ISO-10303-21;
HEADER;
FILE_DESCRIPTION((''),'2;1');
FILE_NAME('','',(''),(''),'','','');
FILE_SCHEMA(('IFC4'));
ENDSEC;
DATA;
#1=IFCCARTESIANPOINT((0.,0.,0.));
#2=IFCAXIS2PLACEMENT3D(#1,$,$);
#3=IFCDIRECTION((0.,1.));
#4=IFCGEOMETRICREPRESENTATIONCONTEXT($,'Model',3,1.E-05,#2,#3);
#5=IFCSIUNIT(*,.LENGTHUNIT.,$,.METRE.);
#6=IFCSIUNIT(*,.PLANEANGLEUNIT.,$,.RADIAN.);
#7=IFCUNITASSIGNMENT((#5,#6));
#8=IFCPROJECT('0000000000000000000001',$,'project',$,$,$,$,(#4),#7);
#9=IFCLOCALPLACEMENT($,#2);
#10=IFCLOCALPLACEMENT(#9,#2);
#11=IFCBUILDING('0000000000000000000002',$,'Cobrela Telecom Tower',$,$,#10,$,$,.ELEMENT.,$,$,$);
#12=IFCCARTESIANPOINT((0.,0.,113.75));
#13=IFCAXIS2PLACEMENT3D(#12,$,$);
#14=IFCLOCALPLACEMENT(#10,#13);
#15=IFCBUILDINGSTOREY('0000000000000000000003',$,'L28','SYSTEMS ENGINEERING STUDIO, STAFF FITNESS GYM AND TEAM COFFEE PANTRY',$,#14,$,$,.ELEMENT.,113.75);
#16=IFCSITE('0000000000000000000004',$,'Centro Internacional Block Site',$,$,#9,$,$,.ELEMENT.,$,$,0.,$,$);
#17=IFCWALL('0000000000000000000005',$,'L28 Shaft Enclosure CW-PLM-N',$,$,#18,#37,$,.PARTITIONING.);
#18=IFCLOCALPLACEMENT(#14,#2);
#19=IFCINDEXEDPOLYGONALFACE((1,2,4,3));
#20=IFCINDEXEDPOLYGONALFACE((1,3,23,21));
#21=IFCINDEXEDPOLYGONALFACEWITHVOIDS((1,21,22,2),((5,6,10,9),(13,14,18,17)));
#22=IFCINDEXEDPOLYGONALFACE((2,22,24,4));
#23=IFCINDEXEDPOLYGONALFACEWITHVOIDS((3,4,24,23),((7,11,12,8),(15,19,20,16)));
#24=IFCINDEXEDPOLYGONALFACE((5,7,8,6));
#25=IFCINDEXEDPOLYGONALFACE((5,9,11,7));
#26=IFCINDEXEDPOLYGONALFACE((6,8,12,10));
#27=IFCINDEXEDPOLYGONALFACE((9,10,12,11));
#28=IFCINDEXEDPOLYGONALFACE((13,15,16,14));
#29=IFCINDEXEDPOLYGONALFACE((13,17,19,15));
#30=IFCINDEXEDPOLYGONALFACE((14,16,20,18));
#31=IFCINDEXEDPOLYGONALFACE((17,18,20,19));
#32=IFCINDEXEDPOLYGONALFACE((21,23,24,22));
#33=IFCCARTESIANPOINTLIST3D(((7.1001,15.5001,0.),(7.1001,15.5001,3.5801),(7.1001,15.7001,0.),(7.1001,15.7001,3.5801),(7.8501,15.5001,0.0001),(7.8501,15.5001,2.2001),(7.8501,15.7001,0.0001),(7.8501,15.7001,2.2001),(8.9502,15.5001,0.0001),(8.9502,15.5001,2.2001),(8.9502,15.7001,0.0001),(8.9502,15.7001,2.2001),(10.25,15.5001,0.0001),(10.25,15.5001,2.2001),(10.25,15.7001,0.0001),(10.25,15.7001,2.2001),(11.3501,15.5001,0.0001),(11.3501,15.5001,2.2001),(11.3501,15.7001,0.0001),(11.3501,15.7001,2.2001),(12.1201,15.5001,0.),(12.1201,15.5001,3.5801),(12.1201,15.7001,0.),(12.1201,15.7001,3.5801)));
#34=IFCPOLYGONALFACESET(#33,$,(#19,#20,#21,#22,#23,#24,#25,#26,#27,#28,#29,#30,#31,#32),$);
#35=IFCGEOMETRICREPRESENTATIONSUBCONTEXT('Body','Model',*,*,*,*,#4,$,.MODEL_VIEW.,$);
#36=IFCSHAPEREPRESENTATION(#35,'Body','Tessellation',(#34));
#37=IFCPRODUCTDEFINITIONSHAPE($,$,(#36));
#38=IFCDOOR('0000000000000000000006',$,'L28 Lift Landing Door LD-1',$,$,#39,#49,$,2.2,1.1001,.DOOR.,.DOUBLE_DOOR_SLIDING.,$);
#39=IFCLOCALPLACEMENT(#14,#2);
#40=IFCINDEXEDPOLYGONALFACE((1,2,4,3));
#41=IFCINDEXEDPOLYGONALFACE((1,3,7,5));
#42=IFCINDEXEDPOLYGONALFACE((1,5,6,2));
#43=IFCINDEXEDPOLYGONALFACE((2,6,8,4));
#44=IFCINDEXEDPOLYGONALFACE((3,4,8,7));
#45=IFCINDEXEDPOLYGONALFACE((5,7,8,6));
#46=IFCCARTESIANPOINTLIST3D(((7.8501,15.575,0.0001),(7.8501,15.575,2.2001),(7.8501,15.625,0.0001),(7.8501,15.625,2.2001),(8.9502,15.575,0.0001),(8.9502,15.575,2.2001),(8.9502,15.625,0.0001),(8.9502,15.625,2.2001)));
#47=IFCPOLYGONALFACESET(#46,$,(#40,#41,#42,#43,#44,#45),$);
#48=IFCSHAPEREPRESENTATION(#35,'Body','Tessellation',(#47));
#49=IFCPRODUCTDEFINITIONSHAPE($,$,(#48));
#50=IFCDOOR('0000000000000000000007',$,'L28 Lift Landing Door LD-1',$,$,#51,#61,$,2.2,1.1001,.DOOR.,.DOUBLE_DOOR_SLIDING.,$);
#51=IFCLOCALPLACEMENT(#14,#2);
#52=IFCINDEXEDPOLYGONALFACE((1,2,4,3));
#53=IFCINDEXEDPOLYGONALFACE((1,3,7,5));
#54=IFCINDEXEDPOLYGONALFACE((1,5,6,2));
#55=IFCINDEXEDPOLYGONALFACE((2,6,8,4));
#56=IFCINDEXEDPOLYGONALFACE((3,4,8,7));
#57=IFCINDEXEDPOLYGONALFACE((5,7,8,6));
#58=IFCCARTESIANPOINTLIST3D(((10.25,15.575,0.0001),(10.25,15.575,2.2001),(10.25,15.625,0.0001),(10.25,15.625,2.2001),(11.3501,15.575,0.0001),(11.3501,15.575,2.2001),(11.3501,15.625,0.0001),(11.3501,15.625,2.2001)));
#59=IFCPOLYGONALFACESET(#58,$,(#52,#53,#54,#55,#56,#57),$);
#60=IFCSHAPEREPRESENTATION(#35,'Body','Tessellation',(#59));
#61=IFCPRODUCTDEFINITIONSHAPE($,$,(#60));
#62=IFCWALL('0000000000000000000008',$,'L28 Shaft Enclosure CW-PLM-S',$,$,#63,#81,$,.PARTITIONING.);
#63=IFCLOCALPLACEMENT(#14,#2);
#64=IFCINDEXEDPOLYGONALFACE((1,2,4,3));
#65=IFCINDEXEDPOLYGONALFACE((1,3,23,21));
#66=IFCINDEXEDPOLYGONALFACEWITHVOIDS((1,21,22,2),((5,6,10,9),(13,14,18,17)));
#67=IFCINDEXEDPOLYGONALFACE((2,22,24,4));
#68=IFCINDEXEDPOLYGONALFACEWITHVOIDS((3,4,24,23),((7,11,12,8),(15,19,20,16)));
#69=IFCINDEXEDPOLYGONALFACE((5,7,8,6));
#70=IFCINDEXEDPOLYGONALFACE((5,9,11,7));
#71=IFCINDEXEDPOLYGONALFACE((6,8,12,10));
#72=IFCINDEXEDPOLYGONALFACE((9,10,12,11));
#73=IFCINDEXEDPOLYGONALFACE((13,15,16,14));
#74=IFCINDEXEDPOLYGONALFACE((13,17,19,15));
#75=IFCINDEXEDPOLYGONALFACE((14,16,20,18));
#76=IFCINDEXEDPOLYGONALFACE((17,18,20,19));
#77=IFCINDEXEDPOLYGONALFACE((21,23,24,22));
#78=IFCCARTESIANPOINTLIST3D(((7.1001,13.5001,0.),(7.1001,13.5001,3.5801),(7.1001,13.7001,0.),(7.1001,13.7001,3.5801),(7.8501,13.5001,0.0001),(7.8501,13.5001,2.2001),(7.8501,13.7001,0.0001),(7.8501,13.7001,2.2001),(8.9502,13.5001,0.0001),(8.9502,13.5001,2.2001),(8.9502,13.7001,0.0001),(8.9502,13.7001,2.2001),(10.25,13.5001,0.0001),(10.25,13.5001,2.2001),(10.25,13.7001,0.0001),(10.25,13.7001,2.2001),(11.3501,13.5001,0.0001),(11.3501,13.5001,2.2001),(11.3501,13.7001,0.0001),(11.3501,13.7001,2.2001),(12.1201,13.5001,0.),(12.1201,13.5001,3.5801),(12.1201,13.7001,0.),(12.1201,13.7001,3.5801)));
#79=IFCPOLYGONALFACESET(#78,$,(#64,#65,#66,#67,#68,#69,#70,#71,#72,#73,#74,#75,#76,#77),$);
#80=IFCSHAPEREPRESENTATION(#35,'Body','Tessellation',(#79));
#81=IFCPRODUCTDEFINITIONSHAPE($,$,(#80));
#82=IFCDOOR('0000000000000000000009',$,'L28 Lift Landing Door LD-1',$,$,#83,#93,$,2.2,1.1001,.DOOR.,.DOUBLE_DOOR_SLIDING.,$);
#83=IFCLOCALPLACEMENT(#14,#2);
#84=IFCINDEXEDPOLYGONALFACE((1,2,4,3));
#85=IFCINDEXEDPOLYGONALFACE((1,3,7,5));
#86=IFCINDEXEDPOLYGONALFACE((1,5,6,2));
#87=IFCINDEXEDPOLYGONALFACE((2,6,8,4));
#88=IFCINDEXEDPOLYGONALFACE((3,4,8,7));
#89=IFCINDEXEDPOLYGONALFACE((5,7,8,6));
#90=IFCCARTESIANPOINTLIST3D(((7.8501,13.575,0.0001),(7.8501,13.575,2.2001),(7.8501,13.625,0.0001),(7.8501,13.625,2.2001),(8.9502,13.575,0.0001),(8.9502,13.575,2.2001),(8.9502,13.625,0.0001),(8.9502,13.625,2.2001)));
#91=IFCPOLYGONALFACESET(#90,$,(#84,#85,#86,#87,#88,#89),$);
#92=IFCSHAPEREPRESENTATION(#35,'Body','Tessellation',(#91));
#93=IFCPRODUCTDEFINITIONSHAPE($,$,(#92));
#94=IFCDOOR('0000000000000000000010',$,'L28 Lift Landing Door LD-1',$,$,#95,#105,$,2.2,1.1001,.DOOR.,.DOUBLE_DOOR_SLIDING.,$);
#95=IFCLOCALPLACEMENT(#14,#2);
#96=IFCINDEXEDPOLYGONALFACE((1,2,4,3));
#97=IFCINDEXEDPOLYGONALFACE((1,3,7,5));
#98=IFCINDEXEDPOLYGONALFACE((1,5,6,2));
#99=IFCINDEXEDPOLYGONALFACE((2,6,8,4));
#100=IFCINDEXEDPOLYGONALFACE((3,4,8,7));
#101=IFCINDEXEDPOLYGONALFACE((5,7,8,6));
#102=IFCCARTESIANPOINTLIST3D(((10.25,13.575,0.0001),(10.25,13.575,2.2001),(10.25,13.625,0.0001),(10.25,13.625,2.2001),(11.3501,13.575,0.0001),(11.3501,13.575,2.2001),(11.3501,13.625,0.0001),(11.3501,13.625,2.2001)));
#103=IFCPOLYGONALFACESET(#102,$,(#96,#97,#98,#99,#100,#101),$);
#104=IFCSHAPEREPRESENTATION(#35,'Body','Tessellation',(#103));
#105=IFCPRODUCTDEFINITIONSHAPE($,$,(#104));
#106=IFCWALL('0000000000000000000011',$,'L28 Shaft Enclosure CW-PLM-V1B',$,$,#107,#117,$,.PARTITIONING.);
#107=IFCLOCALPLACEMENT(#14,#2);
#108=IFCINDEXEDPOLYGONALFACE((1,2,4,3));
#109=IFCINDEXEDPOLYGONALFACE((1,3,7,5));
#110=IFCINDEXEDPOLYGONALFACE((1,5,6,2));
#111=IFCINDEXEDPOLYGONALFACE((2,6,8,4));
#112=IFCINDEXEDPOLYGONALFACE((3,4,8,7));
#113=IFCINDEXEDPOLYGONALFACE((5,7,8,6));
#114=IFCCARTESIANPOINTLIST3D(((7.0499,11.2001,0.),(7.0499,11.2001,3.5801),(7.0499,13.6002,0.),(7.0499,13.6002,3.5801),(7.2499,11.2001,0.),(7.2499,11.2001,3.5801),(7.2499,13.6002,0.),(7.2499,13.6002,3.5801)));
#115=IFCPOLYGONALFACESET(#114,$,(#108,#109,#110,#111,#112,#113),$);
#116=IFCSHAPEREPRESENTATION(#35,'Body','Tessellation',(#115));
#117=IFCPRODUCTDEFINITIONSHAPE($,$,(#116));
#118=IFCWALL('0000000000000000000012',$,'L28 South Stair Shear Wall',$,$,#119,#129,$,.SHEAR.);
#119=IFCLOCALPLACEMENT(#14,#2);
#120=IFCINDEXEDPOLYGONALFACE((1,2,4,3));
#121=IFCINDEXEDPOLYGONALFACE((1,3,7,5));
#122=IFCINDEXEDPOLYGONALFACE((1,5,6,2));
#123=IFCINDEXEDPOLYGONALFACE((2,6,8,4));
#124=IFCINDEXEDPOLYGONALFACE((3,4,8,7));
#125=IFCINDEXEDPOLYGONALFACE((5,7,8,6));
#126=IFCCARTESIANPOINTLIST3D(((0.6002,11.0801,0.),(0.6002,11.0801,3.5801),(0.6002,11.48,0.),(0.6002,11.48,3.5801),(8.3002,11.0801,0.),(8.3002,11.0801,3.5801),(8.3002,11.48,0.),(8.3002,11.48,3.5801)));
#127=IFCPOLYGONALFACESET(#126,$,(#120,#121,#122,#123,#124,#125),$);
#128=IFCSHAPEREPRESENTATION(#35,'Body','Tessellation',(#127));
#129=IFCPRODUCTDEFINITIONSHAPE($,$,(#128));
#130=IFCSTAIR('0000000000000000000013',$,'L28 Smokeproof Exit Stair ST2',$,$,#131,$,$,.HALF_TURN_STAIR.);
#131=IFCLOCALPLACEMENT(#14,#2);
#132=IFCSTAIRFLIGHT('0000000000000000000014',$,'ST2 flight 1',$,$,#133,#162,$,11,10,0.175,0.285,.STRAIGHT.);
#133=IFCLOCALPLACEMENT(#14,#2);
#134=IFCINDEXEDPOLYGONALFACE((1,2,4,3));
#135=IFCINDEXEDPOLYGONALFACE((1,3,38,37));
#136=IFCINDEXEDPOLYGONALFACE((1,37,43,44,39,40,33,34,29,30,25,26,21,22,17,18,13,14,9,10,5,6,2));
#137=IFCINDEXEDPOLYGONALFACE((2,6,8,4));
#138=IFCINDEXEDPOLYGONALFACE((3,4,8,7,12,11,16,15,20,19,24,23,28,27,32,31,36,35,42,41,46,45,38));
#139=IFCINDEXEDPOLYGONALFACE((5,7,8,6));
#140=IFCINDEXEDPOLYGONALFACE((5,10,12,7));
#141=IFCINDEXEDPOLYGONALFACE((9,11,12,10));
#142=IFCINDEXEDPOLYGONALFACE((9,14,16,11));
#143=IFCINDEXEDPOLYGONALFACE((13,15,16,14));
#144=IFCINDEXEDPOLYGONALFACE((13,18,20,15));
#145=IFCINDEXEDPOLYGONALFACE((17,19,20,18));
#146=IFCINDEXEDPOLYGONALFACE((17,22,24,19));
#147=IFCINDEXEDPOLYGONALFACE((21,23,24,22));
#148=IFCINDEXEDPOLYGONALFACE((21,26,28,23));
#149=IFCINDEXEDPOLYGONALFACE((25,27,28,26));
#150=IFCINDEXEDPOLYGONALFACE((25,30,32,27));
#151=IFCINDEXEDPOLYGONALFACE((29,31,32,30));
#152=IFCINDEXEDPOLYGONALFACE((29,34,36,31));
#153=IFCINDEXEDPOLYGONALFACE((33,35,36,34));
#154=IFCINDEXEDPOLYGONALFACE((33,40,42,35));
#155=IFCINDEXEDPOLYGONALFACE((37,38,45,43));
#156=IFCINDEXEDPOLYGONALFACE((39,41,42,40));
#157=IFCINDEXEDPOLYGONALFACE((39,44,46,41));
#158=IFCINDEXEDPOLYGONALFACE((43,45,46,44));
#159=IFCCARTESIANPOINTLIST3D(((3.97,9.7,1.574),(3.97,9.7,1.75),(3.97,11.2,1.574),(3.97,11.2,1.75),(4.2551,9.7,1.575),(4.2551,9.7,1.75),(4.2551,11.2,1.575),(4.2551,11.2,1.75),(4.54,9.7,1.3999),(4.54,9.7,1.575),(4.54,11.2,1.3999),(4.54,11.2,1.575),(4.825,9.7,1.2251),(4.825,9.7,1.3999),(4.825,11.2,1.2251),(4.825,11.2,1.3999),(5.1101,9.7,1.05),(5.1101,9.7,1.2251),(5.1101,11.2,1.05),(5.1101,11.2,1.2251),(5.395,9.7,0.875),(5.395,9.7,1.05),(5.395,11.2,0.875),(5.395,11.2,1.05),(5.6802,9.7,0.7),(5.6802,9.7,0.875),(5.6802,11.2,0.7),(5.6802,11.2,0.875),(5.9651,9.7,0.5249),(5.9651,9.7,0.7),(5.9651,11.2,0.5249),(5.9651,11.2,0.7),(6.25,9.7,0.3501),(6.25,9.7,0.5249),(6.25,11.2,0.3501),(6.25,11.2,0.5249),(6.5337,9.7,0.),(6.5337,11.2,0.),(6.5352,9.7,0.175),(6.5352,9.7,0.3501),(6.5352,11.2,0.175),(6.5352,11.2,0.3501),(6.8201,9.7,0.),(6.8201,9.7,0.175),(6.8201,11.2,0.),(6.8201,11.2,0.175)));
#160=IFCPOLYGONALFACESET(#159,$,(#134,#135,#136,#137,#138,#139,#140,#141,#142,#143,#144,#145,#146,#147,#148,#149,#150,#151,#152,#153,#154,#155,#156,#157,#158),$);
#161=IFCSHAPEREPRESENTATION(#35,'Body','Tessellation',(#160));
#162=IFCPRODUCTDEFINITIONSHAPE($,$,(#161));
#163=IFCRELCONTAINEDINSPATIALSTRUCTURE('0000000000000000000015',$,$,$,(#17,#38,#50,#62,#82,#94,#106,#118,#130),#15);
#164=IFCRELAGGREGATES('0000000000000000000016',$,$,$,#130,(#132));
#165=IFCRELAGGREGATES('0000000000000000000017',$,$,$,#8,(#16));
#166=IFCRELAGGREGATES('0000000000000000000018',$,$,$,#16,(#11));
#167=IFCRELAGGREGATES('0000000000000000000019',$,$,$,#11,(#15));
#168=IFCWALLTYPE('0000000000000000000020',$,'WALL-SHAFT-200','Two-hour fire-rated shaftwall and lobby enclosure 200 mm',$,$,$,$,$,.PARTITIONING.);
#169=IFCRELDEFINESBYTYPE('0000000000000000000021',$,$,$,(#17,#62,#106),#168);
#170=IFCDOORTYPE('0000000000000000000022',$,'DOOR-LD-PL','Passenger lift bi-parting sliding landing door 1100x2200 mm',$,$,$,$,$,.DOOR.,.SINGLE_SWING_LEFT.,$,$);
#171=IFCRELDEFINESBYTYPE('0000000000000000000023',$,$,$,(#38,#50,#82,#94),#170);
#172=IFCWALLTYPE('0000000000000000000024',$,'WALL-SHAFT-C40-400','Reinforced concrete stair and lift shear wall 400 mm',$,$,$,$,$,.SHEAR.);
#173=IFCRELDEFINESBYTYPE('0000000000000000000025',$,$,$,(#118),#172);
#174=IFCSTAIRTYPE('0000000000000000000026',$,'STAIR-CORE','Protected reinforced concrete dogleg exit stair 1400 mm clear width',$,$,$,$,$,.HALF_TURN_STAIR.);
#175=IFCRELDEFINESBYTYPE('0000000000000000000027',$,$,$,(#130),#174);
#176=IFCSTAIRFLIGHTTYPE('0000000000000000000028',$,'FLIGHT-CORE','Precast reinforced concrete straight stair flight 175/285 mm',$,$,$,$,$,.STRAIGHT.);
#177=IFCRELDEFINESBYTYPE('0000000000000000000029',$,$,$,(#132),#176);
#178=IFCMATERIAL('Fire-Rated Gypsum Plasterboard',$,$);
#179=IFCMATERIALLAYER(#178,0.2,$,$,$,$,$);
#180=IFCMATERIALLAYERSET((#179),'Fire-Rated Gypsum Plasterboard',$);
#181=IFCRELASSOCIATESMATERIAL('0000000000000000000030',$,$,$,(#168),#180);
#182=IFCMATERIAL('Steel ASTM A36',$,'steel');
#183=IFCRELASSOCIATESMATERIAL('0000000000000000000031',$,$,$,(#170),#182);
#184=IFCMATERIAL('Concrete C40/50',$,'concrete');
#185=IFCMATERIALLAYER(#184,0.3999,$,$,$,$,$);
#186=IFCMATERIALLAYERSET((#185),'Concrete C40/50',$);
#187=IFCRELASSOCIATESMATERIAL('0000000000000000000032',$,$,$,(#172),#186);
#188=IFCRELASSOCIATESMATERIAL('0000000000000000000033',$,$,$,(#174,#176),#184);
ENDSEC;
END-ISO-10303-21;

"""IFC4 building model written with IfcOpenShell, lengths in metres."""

from ifc_helpers import new_model, si_unit, direction, frame, frame_2d, origin, place, context, subcontext, project, spatial, polyline, rectangle, outline, extrude, material, layer, layer_set, type_object, element, fill, aggregate, save


model = new_model("IFC4")

# Units and contexts
model_context = context("Model", 3, precision=1e-05, world=origin(), true_north=direction((0.0, 1.0)))
body_context = subcontext(model_context, "Body", "Model", "MODEL_VIEW")
ifc_project = project(units=[si_unit("LENGTHUNIT", "METRE"), si_unit("PLANEANGLEUNIT", "RADIAN")], contexts=[model_context])

# Site, building, storey
site_placement = place(None, origin())
site = spatial("IfcSite", under=ifc_project, at=site_placement, Name="Centro Internacional Block Site", CompositionType="ELEMENT", RefElevation=0.0)
building_placement = place(site_placement, origin())
building = spatial("IfcBuilding", under=site, at=building_placement, Name="Cobrela Telecom Tower", CompositionType="ELEMENT")
storey_placement = place(building_placement, frame((0.0, 0.0, 113.75)))
storey = spatial("IfcBuildingStorey", under=building, at=storey_placement, Name="L28", Description="SYSTEMS ENGINEERING STUDIO, STAFF FITNESS GYM AND TEAM COFFEE PANTRY", CompositionType="ELEMENT", Elevation=113.75)

# Shared definitions
ifc_material_1 = material(Name="Fire-Rated Gypsum Plasterboard")

# Shared definitions
ifc_layer_1 = layer(ifc_material_1, 0.2)
ifc_layer_set_1 = layer_set([ifc_layer_1], Name="Fire-Rated Gypsum Plasterboard")
wall_type_1 = type_object("IfcWallType", Name="WALL-SHAFT-200", Description="Two-hour fire-rated shaftwall and lobby enclosure 200 mm", PredefinedType="PARTITIONING", material=ifc_layer_set_1)

# Walls, openings, doors
wall_1_placement = place(storey_placement, frame((7.1001, 15.6001, 0.0), z_axis=(0.0, 0.0, 1.0), x_axis=(1.0, 0.0, 0.0)))
wall_1 = element("IfcWall", 1, at=wall_1_placement, inside=storey, type_object=wall_type_1, Name="L28 Shaft Enclosure CW-PLM-N", PredefinedType="PARTITIONING", context=body_context, shape_type="SweptSolid", body=[
    extrude(rectangle(XDim=5.02, YDim=0.2, at=frame_2d((2.51, 0.0))), origin(), (0.0, 0.0, 1.0), 3.5801),
])
opening_1_placement = place(wall_1_placement, frame((0.75, 0.0, 0.0)))
opening_1 = element("IfcOpeningElement", 2, at=opening_1_placement, cuts=wall_1, PredefinedType="OPENING", context=body_context, shape_type="SweptSolid", body=[
    extrude(rectangle(XDim=1.1001, YDim=2.2, at=frame_2d((0.55, 1.1001))), frame((0.0, 0.1118, 0.0), z_axis=(0.0, -1.0, 0.0), x_axis=(1.0, 0.0, 0.0)), (0.0, 0.0, 1.0), 0.2239),
])
opening_2_placement = place(wall_1_placement, frame((3.1499, 0.0, 0.0)))
opening_2 = element("IfcOpeningElement", 3, at=opening_2_placement, cuts=wall_1, PredefinedType="OPENING", context=body_context, shape_type="SweptSolid", body=[
    extrude(rectangle(XDim=1.1001, YDim=2.2, at=frame_2d((0.55, 1.1001))), frame((0.0, 0.1118, 0.0), z_axis=(0.0, -1.0, 0.0), x_axis=(1.0, 0.0, 0.0)), (0.0, 0.0, 1.0), 0.2239),
])
ifc_material_2 = material(Name="Steel ASTM A36", Category="steel")
door_type_1 = type_object("IfcDoorType", Name="DOOR-LD-PL", Description="Passenger lift bi-parting sliding landing door 1100x2200 mm", OperationType="SINGLE_SWING_LEFT", PredefinedType="DOOR", material=ifc_material_2)
door_1_placement = place(opening_1_placement, origin())
door_1 = element("IfcDoor", 4, at=door_1_placement, inside=storey, type_object=door_type_1, Name="L28 Lift Landing Door LD-1", OperationType="DOUBLE_DOOR_SLIDING", OverallHeight=2.2, OverallWidth=1.1001, PredefinedType="DOOR", context=body_context, shape_type="SweptSolid", body=[
    extrude(rectangle(XDim=1.1001, YDim=2.2, at=frame_2d((0.55, 1.1001))), frame((0.0, 0.0249, 0.0), z_axis=(0.0, -1.0, 0.0), x_axis=(1.0, 0.0, 0.0)), (0.0, 0.0, 1.0), 0.05),
])
fill(opening_1, door_1)
door_2_placement = place(opening_2_placement, origin())
door_2 = element("IfcDoor", 5, at=door_2_placement, inside=storey, type_object=door_type_1, Name="L28 Lift Landing Door LD-1", OperationType="DOUBLE_DOOR_SLIDING", OverallHeight=2.2, OverallWidth=1.1001, PredefinedType="DOOR", context=body_context, shape_type="SweptSolid", body=[
    extrude(rectangle(XDim=1.1001, YDim=2.2, at=frame_2d((0.55, 1.1001))), frame((0.0, 0.0249, 0.0), z_axis=(0.0, -1.0, 0.0), x_axis=(1.0, 0.0, 0.0)), (0.0, 0.0, 1.0), 0.05),
])
fill(opening_2, door_2)
wall_2_placement = place(storey_placement, frame((7.1001, 13.6001, 0.0), z_axis=(0.0, 0.0, 1.0), x_axis=(1.0, 0.0, 0.0)))
wall_2 = element("IfcWall", 6, at=wall_2_placement, inside=storey, type_object=wall_type_1, Name="L28 Shaft Enclosure CW-PLM-S", PredefinedType="PARTITIONING", context=body_context, shape_type="SweptSolid", body=[
    extrude(rectangle(XDim=5.02, YDim=0.2, at=frame_2d((2.51, 0.0))), origin(), (0.0, 0.0, 1.0), 3.5801),
])
opening_3_placement = place(wall_2_placement, frame((0.75, 0.0, 0.0)))
opening_3 = element("IfcOpeningElement", 7, at=opening_3_placement, cuts=wall_2, PredefinedType="OPENING", context=body_context, shape_type="SweptSolid", body=[
    extrude(rectangle(XDim=1.1001, YDim=2.2, at=frame_2d((0.55, 1.1001))), frame((0.0, 0.1118, 0.0), z_axis=(0.0, -1.0, 0.0), x_axis=(1.0, 0.0, 0.0)), (0.0, 0.0, 1.0), 0.2239),
])
opening_4_placement = place(wall_2_placement, frame((3.1499, 0.0, 0.0)))
opening_4 = element("IfcOpeningElement", 8, at=opening_4_placement, cuts=wall_2, PredefinedType="OPENING", context=body_context, shape_type="SweptSolid", body=[
    extrude(rectangle(XDim=1.1001, YDim=2.2, at=frame_2d((0.55, 1.1001))), frame((0.0, 0.1118, 0.0), z_axis=(0.0, -1.0, 0.0), x_axis=(1.0, 0.0, 0.0)), (0.0, 0.0, 1.0), 0.2239),
])
door_3_placement = place(opening_3_placement, origin())
door_3 = element("IfcDoor", 9, at=door_3_placement, inside=storey, type_object=door_type_1, Name="L28 Lift Landing Door LD-1", OperationType="DOUBLE_DOOR_SLIDING", OverallHeight=2.2, OverallWidth=1.1001, PredefinedType="DOOR", context=body_context, shape_type="SweptSolid", body=[
    extrude(rectangle(XDim=1.1001, YDim=2.2, at=frame_2d((0.55, 1.1001))), frame((0.0, 0.0249, 0.0), z_axis=(0.0, -1.0, 0.0), x_axis=(1.0, 0.0, 0.0)), (0.0, 0.0, 1.0), 0.05),
])
fill(opening_3, door_3)
door_4_placement = place(opening_4_placement, origin())
door_4 = element("IfcDoor", 10, at=door_4_placement, inside=storey, type_object=door_type_1, Name="L28 Lift Landing Door LD-1", OperationType="DOUBLE_DOOR_SLIDING", OverallHeight=2.2, OverallWidth=1.1001, PredefinedType="DOOR", context=body_context, shape_type="SweptSolid", body=[
    extrude(rectangle(XDim=1.1001, YDim=2.2, at=frame_2d((0.55, 1.1001))), frame((0.0, 0.0249, 0.0), z_axis=(0.0, -1.0, 0.0), x_axis=(1.0, 0.0, 0.0)), (0.0, 0.0, 1.0), 0.05),
])
fill(opening_4, door_4)

# Walls
wall_3_placement = place(storey_placement, frame((7.1499, 11.2, 0.0), z_axis=(0.0, 0.0, 1.0), x_axis=(0.0, 1.0, 0.0)))
element("IfcWall", 11, at=wall_3_placement, inside=storey, type_object=wall_type_1, Name="L28 Shaft Enclosure CW-PLM-V1B", PredefinedType="PARTITIONING", context=body_context, shape_type="SweptSolid", body=[
    extrude(rectangle(XDim=2.4001, YDim=0.2, at=frame_2d((1.2002, 0.0))), origin(), (0.0, 0.0, 1.0), 3.5801),
])
ifc_material_3 = material(Name="Concrete C40/50", Category="concrete")
ifc_layer_2 = layer(ifc_material_3, 0.3999)
ifc_layer_set_2 = layer_set([ifc_layer_2], Name="Concrete C40/50")
wall_type_2 = type_object("IfcWallType", Name="WALL-SHAFT-C40-400", Description="Reinforced concrete stair and lift shear wall 400 mm", PredefinedType="SHEAR", material=ifc_layer_set_2)
wall_4_placement = place(storey_placement, frame((0.6001, 11.28, 0.0), z_axis=(0.0, 0.0, 1.0), x_axis=(1.0, 0.0, 0.0)))
element("IfcWall", 12, at=wall_4_placement, inside=storey, type_object=wall_type_2, Name="L28 South Stair Shear Wall", PredefinedType="SHEAR", context=body_context, shape_type="SweptSolid", body=[
    extrude(rectangle(XDim=7.7, YDim=0.3999, at=frame_2d((3.8501, 0.0))), origin(), (0.0, 0.0, 1.0), 3.5801),
])

# Stair, stair flight
stair_type = type_object("IfcStairType", Name="STAIR-CORE", Description="Protected reinforced concrete dogleg exit stair 1400 mm clear width", PredefinedType="HALF_TURN_STAIR", material=ifc_material_3)
stair_placement = place(storey_placement, origin())
stair = element("IfcStair", 13, at=stair_placement, inside=storey, type_object=stair_type, Name="L28 Smokeproof Exit Stair ST2", PredefinedType="HALF_TURN_STAIR")
stair_flight_type = type_object("IfcStairFlightType", Name="FLIGHT-CORE", Description="Precast reinforced concrete straight stair flight 175/285 mm", PredefinedType="STRAIGHT", material=ifc_material_3)
stair_flight_placement = place(storey_placement, frame((6.8201, 10.45, 0.0), z_axis=(0.0, 0.0, 1.0), x_axis=(-1.0, 0.0, 0.0)))
stair_flight = element("IfcStairFlight", 14, at=stair_flight_placement, type_object=stair_flight_type, Name="ST2 flight 1", NumberOfRisers=11, NumberOfTreads=10, PredefinedType="STRAIGHT", RiserHeight=0.175, TreadLength=0.285, context=body_context, shape_type="SweptSolid", body=[
    extrude(outline(polyline([(0.0, 0.0), (0.0, 0.175), (0.2849, 0.175), (0.2849, 0.3501), (0.5701, 0.3501), (0.5701, 0.5249), (0.855, 0.5249), (0.855, 0.7), (1.1399, 0.7), (1.1399, 0.875), (1.425, 0.875), (1.425, 1.05), (1.71, 1.05), (1.71, 1.2251), (1.9951, 1.2251), (1.9951, 1.3999), (2.28, 1.3999), (2.28, 1.575), (2.5649, 1.575), (2.5649, 1.75), (2.8501, 1.75), (2.8501, 1.925), (2.8501, 1.574), (0.2864, 0.0), (0.0, 0.0)])), frame((0.0, 0.75, 0.0), z_axis=(0.0, -1.0, 0.0), x_axis=(1.0, 0.0, 0.0)), (0.0, 0.0, 1.0), 1.5),
])
aggregate(stair, [stair_flight])

save(model, "model.ifc")
